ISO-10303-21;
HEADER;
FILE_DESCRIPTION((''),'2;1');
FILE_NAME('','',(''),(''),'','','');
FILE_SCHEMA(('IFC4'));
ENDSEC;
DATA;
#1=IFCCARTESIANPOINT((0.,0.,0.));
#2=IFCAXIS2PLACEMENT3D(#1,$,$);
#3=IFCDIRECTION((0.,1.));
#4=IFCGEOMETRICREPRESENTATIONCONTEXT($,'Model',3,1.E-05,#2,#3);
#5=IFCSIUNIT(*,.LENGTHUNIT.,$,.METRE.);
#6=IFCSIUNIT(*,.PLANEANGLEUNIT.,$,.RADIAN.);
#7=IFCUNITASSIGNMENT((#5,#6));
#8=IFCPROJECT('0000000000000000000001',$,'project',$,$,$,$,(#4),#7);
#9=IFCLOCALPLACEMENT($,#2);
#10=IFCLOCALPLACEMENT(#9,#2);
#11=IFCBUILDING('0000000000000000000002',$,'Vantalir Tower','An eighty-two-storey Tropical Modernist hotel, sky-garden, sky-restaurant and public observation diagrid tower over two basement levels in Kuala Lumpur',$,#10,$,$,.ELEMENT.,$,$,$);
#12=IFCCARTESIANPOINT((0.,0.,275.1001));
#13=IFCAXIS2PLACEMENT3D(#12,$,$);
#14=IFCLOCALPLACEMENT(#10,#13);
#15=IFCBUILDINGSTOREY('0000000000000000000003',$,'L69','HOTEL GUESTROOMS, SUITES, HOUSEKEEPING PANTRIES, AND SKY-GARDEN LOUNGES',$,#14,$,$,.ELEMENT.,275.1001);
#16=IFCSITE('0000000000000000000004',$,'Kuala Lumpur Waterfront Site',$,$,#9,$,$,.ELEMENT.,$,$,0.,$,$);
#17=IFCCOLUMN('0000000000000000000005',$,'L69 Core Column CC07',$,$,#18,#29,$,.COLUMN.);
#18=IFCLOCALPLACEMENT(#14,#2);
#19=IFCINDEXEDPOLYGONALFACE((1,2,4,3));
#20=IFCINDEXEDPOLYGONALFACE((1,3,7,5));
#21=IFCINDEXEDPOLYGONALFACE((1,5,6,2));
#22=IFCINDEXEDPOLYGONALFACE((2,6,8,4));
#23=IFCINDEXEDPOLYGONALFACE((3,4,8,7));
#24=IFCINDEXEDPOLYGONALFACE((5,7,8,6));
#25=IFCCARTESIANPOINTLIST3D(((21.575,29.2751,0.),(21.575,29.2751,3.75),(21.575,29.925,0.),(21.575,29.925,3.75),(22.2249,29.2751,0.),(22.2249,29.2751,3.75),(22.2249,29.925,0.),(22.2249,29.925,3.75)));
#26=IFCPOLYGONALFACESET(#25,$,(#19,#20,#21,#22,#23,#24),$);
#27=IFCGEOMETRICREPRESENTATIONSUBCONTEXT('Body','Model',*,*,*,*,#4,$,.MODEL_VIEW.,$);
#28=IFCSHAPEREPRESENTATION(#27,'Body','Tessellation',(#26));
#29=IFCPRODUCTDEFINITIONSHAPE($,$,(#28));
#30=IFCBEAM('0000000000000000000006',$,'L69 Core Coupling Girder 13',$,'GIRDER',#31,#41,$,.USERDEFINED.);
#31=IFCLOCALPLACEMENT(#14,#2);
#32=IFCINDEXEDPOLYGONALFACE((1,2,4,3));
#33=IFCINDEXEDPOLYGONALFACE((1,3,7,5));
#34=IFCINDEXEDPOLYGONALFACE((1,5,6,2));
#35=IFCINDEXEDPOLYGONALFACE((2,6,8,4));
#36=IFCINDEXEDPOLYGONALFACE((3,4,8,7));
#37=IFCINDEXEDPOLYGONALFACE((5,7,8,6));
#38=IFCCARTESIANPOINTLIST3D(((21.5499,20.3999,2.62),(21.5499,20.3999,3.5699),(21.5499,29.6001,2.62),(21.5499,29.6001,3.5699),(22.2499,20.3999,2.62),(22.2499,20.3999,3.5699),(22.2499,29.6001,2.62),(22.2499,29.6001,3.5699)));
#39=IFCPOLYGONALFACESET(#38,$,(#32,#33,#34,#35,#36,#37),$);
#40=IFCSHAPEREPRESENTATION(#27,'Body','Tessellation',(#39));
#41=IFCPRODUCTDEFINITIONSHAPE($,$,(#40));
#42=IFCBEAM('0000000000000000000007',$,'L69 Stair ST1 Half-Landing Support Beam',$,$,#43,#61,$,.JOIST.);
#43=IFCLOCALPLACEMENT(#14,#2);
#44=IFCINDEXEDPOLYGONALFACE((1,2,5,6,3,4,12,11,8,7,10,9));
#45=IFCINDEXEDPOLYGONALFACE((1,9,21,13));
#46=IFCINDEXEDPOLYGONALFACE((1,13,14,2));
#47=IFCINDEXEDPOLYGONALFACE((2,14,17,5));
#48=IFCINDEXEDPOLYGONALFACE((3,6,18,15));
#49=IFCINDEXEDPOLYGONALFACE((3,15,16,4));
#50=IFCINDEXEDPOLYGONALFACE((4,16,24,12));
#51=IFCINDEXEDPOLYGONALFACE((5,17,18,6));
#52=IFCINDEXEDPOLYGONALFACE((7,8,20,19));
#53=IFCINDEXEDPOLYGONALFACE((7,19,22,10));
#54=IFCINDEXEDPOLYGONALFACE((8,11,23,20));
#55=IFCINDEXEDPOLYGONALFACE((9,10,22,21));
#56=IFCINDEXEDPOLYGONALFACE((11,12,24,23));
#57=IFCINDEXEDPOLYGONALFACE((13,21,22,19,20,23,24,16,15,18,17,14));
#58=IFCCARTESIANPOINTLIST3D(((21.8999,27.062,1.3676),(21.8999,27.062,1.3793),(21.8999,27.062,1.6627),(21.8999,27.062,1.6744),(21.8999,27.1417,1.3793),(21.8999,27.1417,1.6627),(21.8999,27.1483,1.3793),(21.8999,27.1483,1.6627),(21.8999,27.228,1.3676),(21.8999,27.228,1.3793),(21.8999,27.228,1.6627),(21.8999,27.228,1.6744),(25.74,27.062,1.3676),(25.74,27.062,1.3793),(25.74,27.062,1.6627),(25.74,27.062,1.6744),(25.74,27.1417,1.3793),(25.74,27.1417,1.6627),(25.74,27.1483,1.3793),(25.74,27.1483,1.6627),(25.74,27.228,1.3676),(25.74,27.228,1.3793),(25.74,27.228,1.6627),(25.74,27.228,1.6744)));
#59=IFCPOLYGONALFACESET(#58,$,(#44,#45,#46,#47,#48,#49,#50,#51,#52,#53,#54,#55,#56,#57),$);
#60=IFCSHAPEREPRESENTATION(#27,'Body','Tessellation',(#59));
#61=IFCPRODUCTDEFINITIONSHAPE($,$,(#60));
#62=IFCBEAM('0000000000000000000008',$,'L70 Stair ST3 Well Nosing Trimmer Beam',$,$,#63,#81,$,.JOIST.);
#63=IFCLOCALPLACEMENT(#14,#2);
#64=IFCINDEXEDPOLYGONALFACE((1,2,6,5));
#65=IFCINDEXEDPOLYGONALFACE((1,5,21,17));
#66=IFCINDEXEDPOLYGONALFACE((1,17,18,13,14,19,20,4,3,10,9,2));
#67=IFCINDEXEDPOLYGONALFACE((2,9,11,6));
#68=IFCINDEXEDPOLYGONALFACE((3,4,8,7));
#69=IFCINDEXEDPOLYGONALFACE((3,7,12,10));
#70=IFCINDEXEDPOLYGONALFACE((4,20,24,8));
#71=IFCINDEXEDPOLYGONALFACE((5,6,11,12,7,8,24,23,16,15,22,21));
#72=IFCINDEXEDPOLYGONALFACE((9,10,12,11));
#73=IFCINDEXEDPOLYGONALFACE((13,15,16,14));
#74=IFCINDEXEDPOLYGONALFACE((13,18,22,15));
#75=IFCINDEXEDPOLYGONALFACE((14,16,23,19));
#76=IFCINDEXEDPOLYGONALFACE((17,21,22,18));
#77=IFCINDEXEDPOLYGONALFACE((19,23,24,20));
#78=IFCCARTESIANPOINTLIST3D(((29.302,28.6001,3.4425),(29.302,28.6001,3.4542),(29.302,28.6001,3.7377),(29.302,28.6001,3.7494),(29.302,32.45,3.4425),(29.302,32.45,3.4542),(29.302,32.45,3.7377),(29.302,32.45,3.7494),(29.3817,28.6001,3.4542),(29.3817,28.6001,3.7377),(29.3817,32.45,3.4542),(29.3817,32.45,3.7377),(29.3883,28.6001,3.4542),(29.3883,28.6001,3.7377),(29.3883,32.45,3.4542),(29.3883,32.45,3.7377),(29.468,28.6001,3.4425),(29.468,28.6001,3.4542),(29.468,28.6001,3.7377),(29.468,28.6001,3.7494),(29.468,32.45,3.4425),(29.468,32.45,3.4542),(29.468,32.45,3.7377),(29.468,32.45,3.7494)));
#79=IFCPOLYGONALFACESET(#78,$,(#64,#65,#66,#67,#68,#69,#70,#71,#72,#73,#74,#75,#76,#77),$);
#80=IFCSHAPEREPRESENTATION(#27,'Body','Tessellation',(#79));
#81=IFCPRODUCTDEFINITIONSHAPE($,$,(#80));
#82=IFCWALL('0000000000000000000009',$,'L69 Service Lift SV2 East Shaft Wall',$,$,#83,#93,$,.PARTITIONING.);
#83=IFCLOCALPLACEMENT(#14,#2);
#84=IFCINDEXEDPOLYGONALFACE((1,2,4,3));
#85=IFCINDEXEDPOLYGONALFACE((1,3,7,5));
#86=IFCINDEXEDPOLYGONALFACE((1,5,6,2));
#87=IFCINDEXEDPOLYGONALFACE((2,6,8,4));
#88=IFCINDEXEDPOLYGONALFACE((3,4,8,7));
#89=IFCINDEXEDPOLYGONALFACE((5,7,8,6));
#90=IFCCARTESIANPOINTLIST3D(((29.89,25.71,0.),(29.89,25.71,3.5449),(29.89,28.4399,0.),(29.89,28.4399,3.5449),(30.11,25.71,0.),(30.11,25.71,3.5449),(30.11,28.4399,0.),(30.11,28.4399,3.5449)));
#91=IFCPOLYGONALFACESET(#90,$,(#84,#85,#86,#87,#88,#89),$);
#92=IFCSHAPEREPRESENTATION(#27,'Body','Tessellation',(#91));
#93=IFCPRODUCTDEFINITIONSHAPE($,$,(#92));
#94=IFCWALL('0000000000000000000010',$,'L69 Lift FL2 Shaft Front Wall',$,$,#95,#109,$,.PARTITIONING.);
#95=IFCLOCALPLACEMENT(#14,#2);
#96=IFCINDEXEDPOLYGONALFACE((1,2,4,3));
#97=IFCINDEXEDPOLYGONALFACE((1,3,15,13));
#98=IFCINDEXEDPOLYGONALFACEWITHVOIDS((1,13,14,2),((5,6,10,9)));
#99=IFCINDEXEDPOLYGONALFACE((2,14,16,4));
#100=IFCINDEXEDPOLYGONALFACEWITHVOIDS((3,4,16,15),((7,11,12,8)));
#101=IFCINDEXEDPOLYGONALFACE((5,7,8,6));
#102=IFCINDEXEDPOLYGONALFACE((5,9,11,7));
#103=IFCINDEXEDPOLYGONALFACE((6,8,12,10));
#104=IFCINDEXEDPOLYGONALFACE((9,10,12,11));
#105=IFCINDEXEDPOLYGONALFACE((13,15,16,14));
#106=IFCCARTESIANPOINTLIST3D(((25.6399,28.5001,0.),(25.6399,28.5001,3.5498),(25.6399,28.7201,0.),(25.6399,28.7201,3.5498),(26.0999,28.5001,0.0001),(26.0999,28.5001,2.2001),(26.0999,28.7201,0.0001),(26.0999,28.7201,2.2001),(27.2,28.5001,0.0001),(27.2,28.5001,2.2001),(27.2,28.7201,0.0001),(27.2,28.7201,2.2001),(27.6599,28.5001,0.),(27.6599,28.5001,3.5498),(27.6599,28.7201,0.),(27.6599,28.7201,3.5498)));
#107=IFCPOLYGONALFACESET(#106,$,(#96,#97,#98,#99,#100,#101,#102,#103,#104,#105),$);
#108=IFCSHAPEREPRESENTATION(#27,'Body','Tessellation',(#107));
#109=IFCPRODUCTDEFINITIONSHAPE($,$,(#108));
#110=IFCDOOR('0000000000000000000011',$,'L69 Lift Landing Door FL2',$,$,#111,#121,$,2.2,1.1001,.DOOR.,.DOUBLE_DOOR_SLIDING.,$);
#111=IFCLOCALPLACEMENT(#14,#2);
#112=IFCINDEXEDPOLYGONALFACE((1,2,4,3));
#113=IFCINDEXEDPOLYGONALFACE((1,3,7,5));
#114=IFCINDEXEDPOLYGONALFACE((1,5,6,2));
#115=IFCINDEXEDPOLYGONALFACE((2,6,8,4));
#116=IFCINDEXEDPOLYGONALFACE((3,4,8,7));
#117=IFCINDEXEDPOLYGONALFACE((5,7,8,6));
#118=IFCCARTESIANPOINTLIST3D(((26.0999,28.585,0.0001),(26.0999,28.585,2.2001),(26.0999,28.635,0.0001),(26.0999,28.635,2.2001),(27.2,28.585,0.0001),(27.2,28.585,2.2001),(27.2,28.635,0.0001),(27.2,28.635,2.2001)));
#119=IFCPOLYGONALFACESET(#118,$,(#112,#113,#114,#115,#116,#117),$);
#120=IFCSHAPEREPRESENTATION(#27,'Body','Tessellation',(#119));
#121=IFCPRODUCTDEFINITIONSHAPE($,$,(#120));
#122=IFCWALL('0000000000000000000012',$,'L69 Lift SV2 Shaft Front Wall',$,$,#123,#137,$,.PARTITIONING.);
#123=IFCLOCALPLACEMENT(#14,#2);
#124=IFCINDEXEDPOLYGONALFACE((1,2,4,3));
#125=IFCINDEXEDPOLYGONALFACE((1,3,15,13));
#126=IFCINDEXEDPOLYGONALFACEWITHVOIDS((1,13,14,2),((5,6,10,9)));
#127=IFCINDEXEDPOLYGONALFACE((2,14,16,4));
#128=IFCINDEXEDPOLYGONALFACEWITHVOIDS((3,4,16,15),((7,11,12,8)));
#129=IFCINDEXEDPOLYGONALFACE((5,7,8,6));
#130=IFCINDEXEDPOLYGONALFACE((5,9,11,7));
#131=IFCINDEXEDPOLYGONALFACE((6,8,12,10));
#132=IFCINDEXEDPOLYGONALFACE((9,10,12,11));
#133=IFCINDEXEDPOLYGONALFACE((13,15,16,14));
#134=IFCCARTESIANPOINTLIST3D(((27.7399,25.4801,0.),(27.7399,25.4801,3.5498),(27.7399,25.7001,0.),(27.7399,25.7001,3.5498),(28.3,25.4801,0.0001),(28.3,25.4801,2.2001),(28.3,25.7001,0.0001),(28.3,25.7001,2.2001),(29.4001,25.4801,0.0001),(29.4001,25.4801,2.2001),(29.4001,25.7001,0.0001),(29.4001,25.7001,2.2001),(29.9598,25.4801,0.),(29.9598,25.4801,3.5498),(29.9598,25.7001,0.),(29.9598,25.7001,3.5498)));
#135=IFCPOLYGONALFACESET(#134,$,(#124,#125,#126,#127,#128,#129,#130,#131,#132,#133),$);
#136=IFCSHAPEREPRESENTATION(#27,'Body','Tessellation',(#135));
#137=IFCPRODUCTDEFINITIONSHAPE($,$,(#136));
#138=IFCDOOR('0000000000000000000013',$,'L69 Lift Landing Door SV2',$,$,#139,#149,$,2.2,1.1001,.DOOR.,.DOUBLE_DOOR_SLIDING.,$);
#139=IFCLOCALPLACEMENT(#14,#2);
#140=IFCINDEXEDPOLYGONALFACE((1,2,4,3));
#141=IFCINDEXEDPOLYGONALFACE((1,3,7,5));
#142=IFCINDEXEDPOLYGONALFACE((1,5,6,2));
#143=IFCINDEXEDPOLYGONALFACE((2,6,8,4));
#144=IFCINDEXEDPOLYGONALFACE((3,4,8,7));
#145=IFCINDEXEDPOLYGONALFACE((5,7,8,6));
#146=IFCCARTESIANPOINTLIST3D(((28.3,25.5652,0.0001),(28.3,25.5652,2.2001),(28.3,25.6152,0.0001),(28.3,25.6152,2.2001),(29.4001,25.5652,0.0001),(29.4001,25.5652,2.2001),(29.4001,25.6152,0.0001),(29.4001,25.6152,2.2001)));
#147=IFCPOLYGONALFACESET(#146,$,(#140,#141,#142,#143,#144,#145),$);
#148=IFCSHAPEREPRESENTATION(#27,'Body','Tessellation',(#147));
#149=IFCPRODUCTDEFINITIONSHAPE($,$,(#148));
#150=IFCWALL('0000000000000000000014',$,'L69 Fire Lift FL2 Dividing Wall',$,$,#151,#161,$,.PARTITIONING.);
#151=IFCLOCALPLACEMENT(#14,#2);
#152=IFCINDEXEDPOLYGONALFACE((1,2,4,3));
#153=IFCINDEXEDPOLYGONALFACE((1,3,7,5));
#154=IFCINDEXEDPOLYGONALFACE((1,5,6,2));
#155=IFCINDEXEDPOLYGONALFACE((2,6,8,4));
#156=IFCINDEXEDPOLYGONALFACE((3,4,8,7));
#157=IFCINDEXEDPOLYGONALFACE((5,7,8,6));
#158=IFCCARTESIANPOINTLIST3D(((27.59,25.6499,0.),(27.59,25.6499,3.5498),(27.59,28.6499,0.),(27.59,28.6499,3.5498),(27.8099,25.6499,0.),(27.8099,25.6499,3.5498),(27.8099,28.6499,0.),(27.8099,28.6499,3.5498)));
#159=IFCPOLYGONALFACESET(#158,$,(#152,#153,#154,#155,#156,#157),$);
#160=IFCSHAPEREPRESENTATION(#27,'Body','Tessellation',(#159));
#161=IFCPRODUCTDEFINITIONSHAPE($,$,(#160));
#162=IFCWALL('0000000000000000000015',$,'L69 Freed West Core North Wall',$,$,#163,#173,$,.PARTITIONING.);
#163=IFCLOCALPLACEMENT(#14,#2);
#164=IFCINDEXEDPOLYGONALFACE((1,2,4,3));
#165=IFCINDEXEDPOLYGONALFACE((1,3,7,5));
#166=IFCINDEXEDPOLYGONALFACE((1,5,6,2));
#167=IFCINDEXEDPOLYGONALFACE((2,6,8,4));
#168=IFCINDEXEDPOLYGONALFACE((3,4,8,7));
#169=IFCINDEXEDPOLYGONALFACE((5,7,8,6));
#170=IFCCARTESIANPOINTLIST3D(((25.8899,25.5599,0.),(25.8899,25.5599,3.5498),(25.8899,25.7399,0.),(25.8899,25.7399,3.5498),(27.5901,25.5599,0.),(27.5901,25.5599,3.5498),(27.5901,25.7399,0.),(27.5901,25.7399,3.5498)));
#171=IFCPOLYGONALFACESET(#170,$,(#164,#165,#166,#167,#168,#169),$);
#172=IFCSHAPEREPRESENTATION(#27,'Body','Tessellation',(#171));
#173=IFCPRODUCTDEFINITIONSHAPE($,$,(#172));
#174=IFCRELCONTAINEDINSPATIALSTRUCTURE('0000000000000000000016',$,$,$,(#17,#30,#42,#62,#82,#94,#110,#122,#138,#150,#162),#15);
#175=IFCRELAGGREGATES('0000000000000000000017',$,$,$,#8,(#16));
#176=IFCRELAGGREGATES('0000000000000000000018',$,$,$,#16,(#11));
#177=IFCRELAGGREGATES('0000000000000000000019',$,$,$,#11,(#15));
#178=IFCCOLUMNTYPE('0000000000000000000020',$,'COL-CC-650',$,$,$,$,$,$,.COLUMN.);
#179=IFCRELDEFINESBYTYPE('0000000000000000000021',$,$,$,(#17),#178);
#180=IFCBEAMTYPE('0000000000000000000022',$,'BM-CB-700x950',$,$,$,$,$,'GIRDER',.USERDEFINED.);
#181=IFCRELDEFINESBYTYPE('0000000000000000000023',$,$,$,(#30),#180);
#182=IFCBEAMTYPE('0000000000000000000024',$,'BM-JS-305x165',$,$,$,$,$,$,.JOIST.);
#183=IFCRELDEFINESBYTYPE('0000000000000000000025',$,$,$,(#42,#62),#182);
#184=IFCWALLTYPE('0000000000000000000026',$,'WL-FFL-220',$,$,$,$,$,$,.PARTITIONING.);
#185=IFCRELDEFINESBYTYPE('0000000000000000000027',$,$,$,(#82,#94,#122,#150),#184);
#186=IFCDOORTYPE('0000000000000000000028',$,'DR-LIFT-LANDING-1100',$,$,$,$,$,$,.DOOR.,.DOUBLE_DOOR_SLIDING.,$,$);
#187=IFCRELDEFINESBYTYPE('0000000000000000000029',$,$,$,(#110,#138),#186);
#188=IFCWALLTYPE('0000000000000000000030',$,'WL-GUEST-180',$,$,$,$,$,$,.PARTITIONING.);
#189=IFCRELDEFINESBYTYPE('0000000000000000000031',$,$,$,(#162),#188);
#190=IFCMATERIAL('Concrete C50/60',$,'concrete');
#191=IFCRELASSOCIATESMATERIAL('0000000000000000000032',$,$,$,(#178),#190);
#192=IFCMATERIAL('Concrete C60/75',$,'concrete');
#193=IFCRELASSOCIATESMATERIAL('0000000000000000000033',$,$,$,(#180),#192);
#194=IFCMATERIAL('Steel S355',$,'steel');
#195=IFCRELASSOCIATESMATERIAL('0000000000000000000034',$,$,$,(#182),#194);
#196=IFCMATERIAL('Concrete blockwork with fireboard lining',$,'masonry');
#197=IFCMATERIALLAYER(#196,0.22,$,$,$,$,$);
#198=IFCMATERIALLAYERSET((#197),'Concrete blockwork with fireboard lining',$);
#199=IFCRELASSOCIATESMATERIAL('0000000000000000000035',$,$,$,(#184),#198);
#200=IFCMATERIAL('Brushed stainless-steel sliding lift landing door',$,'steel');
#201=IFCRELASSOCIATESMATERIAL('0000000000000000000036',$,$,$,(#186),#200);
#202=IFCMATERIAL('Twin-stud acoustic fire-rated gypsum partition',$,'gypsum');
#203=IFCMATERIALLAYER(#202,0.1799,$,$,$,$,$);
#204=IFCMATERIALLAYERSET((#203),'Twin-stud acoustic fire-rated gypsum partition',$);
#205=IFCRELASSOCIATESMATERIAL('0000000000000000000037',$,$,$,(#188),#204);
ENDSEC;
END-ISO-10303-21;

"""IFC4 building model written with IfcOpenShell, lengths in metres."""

from ifc_helpers import new_model, si_unit, direction, frame, frame_2d, origin, origin_2d, place, context, subcontext, project, spatial, rectangle, i_section, extrude, material, layer, layer_set, material_profile, profile_set, type_object, element, fill, save


model = new_model("IFC4")

# Units and contexts
model_context = context("Model", 3, precision=1e-05, world=origin(), true_north=direction((0.0, 1.0)))
body_context = subcontext(model_context, "Body", "Model", "MODEL_VIEW")
ifc_project = project(units=[si_unit("LENGTHUNIT", "METRE"), si_unit("PLANEANGLEUNIT", "RADIAN")], contexts=[model_context])

# Site, building, storey
site_placement = place(None, origin())
site = spatial("IfcSite", under=ifc_project, at=site_placement, Name="Kuala Lumpur Waterfront Site", CompositionType="ELEMENT", RefElevation=0.0)
building_placement = place(site_placement, origin())
building = spatial("IfcBuilding", under=site, at=building_placement, Name="Vantalir Tower", Description="An eighty-two-storey Tropical Modernist hotel, sky-garden, sky-restaurant and public observation diagrid tower over two basement levels in Kuala Lumpur", CompositionType="ELEMENT")
storey_placement = place(building_placement, frame((0.0, 0.0, 275.1001)))
storey = spatial("IfcBuildingStorey", under=building, at=storey_placement, Name="L69", Description="HOTEL GUESTROOMS, SUITES, HOUSEKEEPING PANTRIES, AND SKY-GARDEN LOUNGES", CompositionType="ELEMENT", Elevation=275.1001)

# Column
ifc_material_1 = material(Name="Concrete C50/60", Category="concrete")
ifc_material_profile_1 = material_profile(ifc_material_1, rectangle(XDim=0.6499, YDim=0.6499, at=origin_2d()), Name="Concrete C50/60")
ifc_profile_set_1 = profile_set([ifc_material_profile_1], Name="Concrete C50/60")
column_type = type_object("IfcColumnType", Name="COL-CC-650", PredefinedType="COLUMN", material=ifc_profile_set_1)
column_placement = place(storey_placement, frame((21.8999, 29.6001, 0.0), z_axis=(0.0, 0.0, 1.0), x_axis=(1.0, 0.0, 0.0)))
element("IfcColumn", 1, at=column_placement, inside=storey, type_object=column_type, Name="L69 Core Column CC07", PredefinedType="COLUMN", context=body_context, shape_type="SweptSolid", body=[
    extrude(rectangle(XDim=0.6499, YDim=0.6499, at=origin_2d()), origin(), (0.0, 0.0, 1.0), 3.75),
])

# Beams
ifc_material_2 = material(Name="Concrete C60/75", Category="concrete")
ifc_material_profile_2 = material_profile(ifc_material_2, rectangle(XDim=0.7, YDim=0.95, at=origin_2d()), Name="Concrete C60/75")
ifc_profile_set_2 = profile_set([ifc_material_profile_2], Name="Concrete C60/75")
beam_type_1 = type_object("IfcBeamType", Name="BM-CB-700x950", ElementType="GIRDER", PredefinedType="USERDEFINED", material=ifc_profile_set_2)
beam_1_placement = place(storey_placement, frame((21.8999, 29.6001, 3.095), z_axis=(0.0, -1.0, 0.0), x_axis=(1.0, 0.0, 0.0)))
element("IfcBeam", 2, at=beam_1_placement, inside=storey, type_object=beam_type_1, Name="L69 Core Coupling Girder 13", ObjectType="GIRDER", PredefinedType="USERDEFINED", context=body_context, shape_type="SweptSolid", body=[
    extrude(rectangle(XDim=0.7, YDim=0.95, at=origin_2d()), origin(), (0.0, 0.0, 1.0), 9.2002),
])
ifc_material_3 = material(Name="Steel S355", Category="steel")
ifc_material_profile_3 = material_profile(ifc_material_3, i_section(OverallWidth=0.166, OverallDepth=0.3069, WebThickness=0.0066, FlangeThickness=0.0117, at=origin_2d()), Name="Steel S355")
ifc_profile_set_3 = profile_set([ifc_material_profile_3], Name="Steel S355")
beam_type_2 = type_object("IfcBeamType", Name="BM-JS-305x165", PredefinedType="JOIST", material=ifc_profile_set_3)
beam_2_placement = place(storey_placement, frame((21.8999, 27.145, 1.521), z_axis=(1.0, 0.0, 0.0), x_axis=(0.0, 1.0, 0.0)))
element("IfcBeam", 3, at=beam_2_placement, inside=storey, type_object=beam_type_2, Name="L69 Stair ST1 Half-Landing Support Beam", PredefinedType="JOIST", context=body_context, shape_type="SweptSolid", body=[
    extrude(i_section(OverallWidth=0.166, OverallDepth=0.3069, WebThickness=0.0066, FlangeThickness=0.0117, at=origin_2d()), origin(), (0.0, 0.0, 1.0), 3.8401),
])
beam_3_placement = place(storey_placement, frame((29.385, 28.6001, 3.5959), z_axis=(0.0, 1.0, 0.0), x_axis=(-1.0, 0.0, 0.0)))
element("IfcBeam", 4, at=beam_3_placement, inside=storey, type_object=beam_type_2, Name="L70 Stair ST3 Well Nosing Trimmer Beam", PredefinedType="JOIST", context=body_context, shape_type="SweptSolid", body=[
    extrude(i_section(OverallWidth=0.166, OverallDepth=0.3069, WebThickness=0.0066, FlangeThickness=0.0117, at=origin_2d()), origin(), (0.0, 0.0, 1.0), 3.8499),
])

# Wall
ifc_material_4 = material(Name="Concrete blockwork with fireboard lining", Category="masonry")
ifc_layer_1 = layer(ifc_material_4, 0.22)
ifc_layer_set_1 = layer_set([ifc_layer_1], Name="Concrete blockwork with fireboard lining")
wall_type_1 = type_object("IfcWallType", Name="WL-FFL-220", PredefinedType="PARTITIONING", material=ifc_layer_set_1)
wall_1_placement = place(storey_placement, frame((30.0, 25.71, 0.0), z_axis=(0.0, 0.0, 1.0), x_axis=(0.0, 1.0, 0.0)))
element("IfcWall", 5, at=wall_1_placement, inside=storey, type_object=wall_type_1, Name="L69 Service Lift SV2 East Shaft Wall", PredefinedType="PARTITIONING", context=body_context, shape_type="SweptSolid", body=[
    extrude(rectangle(XDim=2.73, YDim=0.22, at=frame_2d((1.365, 0.0))), origin(), (0.0, 0.0, 1.0), 3.5449),
])

# Walls, openings, doors
wall_2_placement = place(storey_placement, frame((25.6399, 28.6101, 0.0), z_axis=(0.0, 0.0, 1.0), x_axis=(1.0, 0.0, 0.0)))
wall_2 = element("IfcWall", 6, at=wall_2_placement, inside=storey, type_object=wall_type_1, Name="L69 Lift FL2 Shaft Front Wall", PredefinedType="PARTITIONING", context=body_context, shape_type="SweptSolid", body=[
    extrude(rectangle(XDim=2.02, YDim=0.22, at=frame_2d((1.01, 0.0))), origin(), (0.0, 0.0, 1.0), 3.5498),
])
opening_1_placement = place(wall_2_placement, frame((0.46, 0.0, 0.0)))
opening_1 = element("IfcOpeningElement", 7, at=opening_1_placement, cuts=wall_2, PredefinedType="OPENING", context=body_context, shape_type="SweptSolid", body=[
    extrude(rectangle(XDim=1.1001, YDim=2.2, at=frame_2d((0.55, 1.1001))), frame((0.0, 0.1199, 0.0), z_axis=(0.0, -1.0, 0.0), x_axis=(1.0, 0.0, 0.0)), (0.0, 0.0, 1.0), 0.24),
])
ifc_material_5 = material(Name="Brushed stainless-steel sliding lift landing door", Category="steel")
door_type_1 = type_object("IfcDoorType", Name="DR-LIFT-LANDING-1100", OperationType="DOUBLE_DOOR_SLIDING", PredefinedType="DOOR", material=ifc_material_5)
door_1_placement = place(opening_1_placement, origin())
door_1 = element("IfcDoor", 8, at=door_1_placement, inside=storey, type_object=door_type_1, Name="L69 Lift Landing Door FL2", OperationType="DOUBLE_DOOR_SLIDING", OverallHeight=2.2, OverallWidth=1.1001, PredefinedType="DOOR", context=body_context, shape_type="SweptSolid", body=[
    extrude(rectangle(XDim=1.1001, YDim=2.2, at=frame_2d((0.55, 1.1001))), frame((0.0, 0.0249, 0.0), z_axis=(0.0, -1.0, 0.0), x_axis=(1.0, 0.0, 0.0)), (0.0, 0.0, 1.0), 0.05),
])
fill(opening_1, door_1)
wall_3_placement = place(storey_placement, frame((27.74, 25.5901, 0.0), z_axis=(0.0, 0.0, 1.0), x_axis=(1.0, 0.0, 0.0)))
wall_3 = element("IfcWall", 9, at=wall_3_placement, inside=storey, type_object=wall_type_1, Name="L69 Lift SV2 Shaft Front Wall", PredefinedType="PARTITIONING", context=body_context, shape_type="SweptSolid", body=[
    extrude(rectangle(XDim=2.22, YDim=0.22, at=frame_2d((1.1099, 0.0))), origin(), (0.0, 0.0, 1.0), 3.5498),
])
opening_2_placement = place(wall_3_placement, frame((0.5601, 0.0, 0.0)))
opening_2 = element("IfcOpeningElement", 10, at=opening_2_placement, cuts=wall_3, PredefinedType="OPENING", context=body_context, shape_type="SweptSolid", body=[
    extrude(rectangle(XDim=1.1001, YDim=2.2, at=frame_2d((0.55, 1.1001))), frame((0.0, 0.1199, 0.0), z_axis=(0.0, -1.0, 0.0), x_axis=(1.0, 0.0, 0.0)), (0.0, 0.0, 1.0), 0.24),
])
door_2_placement = place(opening_2_placement, frame((1.1001, 0.0, 0.0), z_axis=(0.0, 0.0, 1.0), x_axis=(-1.0, 0.0, 0.0)))
door_2 = element("IfcDoor", 11, at=door_2_placement, inside=storey, type_object=door_type_1, Name="L69 Lift Landing Door SV2", OperationType="DOUBLE_DOOR_SLIDING", OverallHeight=2.2, OverallWidth=1.1001, PredefinedType="DOOR", context=body_context, shape_type="SweptSolid", body=[
    extrude(rectangle(XDim=1.1001, YDim=2.2, at=frame_2d((0.55, 1.1001))), frame((0.0, 0.0249, 0.0), z_axis=(0.0, -1.0, 0.0), x_axis=(1.0, 0.0, 0.0)), (0.0, 0.0, 1.0), 0.05),
])
fill(opening_2, door_2)

# Walls
wall_4_placement = place(storey_placement, frame((27.7, 25.6499, 0.0), z_axis=(0.0, 0.0, 1.0), x_axis=(0.0, 1.0, 0.0)))
element("IfcWall", 12, at=wall_4_placement, inside=storey, type_object=wall_type_1, Name="L69 Fire Lift FL2 Dividing Wall", PredefinedType="PARTITIONING", context=body_context, shape_type="SweptSolid", body=[
    extrude(rectangle(XDim=3.0, YDim=0.22, at=frame_2d((1.5, 0.0))), origin(), (0.0, 0.0, 1.0), 3.5498),
])
ifc_material_6 = material(Name="Twin-stud acoustic fire-rated gypsum partition", Category="gypsum")
ifc_layer_2 = layer(ifc_material_6, 0.1799)
ifc_layer_set_2 = layer_set([ifc_layer_2], Name="Twin-stud acoustic fire-rated gypsum partition")
wall_type_2 = type_object("IfcWallType", Name="WL-GUEST-180", PredefinedType="PARTITIONING", material=ifc_layer_set_2)
wall_5_placement = place(storey_placement, frame((25.8899, 25.6499, 0.0), z_axis=(0.0, 0.0, 1.0), x_axis=(1.0, 0.0, 0.0)))
element("IfcWall", 13, at=wall_5_placement, inside=storey, type_object=wall_type_2, Name="L69 Freed West Core North Wall", PredefinedType="PARTITIONING", context=body_context, shape_type="SweptSolid", body=[
    extrude(rectangle(XDim=1.7002, YDim=0.1799, at=frame_2d((0.8501, 0.0))), origin(), (0.0, 0.0, 1.0), 3.5498),
])

save(model, "model.ifc")
